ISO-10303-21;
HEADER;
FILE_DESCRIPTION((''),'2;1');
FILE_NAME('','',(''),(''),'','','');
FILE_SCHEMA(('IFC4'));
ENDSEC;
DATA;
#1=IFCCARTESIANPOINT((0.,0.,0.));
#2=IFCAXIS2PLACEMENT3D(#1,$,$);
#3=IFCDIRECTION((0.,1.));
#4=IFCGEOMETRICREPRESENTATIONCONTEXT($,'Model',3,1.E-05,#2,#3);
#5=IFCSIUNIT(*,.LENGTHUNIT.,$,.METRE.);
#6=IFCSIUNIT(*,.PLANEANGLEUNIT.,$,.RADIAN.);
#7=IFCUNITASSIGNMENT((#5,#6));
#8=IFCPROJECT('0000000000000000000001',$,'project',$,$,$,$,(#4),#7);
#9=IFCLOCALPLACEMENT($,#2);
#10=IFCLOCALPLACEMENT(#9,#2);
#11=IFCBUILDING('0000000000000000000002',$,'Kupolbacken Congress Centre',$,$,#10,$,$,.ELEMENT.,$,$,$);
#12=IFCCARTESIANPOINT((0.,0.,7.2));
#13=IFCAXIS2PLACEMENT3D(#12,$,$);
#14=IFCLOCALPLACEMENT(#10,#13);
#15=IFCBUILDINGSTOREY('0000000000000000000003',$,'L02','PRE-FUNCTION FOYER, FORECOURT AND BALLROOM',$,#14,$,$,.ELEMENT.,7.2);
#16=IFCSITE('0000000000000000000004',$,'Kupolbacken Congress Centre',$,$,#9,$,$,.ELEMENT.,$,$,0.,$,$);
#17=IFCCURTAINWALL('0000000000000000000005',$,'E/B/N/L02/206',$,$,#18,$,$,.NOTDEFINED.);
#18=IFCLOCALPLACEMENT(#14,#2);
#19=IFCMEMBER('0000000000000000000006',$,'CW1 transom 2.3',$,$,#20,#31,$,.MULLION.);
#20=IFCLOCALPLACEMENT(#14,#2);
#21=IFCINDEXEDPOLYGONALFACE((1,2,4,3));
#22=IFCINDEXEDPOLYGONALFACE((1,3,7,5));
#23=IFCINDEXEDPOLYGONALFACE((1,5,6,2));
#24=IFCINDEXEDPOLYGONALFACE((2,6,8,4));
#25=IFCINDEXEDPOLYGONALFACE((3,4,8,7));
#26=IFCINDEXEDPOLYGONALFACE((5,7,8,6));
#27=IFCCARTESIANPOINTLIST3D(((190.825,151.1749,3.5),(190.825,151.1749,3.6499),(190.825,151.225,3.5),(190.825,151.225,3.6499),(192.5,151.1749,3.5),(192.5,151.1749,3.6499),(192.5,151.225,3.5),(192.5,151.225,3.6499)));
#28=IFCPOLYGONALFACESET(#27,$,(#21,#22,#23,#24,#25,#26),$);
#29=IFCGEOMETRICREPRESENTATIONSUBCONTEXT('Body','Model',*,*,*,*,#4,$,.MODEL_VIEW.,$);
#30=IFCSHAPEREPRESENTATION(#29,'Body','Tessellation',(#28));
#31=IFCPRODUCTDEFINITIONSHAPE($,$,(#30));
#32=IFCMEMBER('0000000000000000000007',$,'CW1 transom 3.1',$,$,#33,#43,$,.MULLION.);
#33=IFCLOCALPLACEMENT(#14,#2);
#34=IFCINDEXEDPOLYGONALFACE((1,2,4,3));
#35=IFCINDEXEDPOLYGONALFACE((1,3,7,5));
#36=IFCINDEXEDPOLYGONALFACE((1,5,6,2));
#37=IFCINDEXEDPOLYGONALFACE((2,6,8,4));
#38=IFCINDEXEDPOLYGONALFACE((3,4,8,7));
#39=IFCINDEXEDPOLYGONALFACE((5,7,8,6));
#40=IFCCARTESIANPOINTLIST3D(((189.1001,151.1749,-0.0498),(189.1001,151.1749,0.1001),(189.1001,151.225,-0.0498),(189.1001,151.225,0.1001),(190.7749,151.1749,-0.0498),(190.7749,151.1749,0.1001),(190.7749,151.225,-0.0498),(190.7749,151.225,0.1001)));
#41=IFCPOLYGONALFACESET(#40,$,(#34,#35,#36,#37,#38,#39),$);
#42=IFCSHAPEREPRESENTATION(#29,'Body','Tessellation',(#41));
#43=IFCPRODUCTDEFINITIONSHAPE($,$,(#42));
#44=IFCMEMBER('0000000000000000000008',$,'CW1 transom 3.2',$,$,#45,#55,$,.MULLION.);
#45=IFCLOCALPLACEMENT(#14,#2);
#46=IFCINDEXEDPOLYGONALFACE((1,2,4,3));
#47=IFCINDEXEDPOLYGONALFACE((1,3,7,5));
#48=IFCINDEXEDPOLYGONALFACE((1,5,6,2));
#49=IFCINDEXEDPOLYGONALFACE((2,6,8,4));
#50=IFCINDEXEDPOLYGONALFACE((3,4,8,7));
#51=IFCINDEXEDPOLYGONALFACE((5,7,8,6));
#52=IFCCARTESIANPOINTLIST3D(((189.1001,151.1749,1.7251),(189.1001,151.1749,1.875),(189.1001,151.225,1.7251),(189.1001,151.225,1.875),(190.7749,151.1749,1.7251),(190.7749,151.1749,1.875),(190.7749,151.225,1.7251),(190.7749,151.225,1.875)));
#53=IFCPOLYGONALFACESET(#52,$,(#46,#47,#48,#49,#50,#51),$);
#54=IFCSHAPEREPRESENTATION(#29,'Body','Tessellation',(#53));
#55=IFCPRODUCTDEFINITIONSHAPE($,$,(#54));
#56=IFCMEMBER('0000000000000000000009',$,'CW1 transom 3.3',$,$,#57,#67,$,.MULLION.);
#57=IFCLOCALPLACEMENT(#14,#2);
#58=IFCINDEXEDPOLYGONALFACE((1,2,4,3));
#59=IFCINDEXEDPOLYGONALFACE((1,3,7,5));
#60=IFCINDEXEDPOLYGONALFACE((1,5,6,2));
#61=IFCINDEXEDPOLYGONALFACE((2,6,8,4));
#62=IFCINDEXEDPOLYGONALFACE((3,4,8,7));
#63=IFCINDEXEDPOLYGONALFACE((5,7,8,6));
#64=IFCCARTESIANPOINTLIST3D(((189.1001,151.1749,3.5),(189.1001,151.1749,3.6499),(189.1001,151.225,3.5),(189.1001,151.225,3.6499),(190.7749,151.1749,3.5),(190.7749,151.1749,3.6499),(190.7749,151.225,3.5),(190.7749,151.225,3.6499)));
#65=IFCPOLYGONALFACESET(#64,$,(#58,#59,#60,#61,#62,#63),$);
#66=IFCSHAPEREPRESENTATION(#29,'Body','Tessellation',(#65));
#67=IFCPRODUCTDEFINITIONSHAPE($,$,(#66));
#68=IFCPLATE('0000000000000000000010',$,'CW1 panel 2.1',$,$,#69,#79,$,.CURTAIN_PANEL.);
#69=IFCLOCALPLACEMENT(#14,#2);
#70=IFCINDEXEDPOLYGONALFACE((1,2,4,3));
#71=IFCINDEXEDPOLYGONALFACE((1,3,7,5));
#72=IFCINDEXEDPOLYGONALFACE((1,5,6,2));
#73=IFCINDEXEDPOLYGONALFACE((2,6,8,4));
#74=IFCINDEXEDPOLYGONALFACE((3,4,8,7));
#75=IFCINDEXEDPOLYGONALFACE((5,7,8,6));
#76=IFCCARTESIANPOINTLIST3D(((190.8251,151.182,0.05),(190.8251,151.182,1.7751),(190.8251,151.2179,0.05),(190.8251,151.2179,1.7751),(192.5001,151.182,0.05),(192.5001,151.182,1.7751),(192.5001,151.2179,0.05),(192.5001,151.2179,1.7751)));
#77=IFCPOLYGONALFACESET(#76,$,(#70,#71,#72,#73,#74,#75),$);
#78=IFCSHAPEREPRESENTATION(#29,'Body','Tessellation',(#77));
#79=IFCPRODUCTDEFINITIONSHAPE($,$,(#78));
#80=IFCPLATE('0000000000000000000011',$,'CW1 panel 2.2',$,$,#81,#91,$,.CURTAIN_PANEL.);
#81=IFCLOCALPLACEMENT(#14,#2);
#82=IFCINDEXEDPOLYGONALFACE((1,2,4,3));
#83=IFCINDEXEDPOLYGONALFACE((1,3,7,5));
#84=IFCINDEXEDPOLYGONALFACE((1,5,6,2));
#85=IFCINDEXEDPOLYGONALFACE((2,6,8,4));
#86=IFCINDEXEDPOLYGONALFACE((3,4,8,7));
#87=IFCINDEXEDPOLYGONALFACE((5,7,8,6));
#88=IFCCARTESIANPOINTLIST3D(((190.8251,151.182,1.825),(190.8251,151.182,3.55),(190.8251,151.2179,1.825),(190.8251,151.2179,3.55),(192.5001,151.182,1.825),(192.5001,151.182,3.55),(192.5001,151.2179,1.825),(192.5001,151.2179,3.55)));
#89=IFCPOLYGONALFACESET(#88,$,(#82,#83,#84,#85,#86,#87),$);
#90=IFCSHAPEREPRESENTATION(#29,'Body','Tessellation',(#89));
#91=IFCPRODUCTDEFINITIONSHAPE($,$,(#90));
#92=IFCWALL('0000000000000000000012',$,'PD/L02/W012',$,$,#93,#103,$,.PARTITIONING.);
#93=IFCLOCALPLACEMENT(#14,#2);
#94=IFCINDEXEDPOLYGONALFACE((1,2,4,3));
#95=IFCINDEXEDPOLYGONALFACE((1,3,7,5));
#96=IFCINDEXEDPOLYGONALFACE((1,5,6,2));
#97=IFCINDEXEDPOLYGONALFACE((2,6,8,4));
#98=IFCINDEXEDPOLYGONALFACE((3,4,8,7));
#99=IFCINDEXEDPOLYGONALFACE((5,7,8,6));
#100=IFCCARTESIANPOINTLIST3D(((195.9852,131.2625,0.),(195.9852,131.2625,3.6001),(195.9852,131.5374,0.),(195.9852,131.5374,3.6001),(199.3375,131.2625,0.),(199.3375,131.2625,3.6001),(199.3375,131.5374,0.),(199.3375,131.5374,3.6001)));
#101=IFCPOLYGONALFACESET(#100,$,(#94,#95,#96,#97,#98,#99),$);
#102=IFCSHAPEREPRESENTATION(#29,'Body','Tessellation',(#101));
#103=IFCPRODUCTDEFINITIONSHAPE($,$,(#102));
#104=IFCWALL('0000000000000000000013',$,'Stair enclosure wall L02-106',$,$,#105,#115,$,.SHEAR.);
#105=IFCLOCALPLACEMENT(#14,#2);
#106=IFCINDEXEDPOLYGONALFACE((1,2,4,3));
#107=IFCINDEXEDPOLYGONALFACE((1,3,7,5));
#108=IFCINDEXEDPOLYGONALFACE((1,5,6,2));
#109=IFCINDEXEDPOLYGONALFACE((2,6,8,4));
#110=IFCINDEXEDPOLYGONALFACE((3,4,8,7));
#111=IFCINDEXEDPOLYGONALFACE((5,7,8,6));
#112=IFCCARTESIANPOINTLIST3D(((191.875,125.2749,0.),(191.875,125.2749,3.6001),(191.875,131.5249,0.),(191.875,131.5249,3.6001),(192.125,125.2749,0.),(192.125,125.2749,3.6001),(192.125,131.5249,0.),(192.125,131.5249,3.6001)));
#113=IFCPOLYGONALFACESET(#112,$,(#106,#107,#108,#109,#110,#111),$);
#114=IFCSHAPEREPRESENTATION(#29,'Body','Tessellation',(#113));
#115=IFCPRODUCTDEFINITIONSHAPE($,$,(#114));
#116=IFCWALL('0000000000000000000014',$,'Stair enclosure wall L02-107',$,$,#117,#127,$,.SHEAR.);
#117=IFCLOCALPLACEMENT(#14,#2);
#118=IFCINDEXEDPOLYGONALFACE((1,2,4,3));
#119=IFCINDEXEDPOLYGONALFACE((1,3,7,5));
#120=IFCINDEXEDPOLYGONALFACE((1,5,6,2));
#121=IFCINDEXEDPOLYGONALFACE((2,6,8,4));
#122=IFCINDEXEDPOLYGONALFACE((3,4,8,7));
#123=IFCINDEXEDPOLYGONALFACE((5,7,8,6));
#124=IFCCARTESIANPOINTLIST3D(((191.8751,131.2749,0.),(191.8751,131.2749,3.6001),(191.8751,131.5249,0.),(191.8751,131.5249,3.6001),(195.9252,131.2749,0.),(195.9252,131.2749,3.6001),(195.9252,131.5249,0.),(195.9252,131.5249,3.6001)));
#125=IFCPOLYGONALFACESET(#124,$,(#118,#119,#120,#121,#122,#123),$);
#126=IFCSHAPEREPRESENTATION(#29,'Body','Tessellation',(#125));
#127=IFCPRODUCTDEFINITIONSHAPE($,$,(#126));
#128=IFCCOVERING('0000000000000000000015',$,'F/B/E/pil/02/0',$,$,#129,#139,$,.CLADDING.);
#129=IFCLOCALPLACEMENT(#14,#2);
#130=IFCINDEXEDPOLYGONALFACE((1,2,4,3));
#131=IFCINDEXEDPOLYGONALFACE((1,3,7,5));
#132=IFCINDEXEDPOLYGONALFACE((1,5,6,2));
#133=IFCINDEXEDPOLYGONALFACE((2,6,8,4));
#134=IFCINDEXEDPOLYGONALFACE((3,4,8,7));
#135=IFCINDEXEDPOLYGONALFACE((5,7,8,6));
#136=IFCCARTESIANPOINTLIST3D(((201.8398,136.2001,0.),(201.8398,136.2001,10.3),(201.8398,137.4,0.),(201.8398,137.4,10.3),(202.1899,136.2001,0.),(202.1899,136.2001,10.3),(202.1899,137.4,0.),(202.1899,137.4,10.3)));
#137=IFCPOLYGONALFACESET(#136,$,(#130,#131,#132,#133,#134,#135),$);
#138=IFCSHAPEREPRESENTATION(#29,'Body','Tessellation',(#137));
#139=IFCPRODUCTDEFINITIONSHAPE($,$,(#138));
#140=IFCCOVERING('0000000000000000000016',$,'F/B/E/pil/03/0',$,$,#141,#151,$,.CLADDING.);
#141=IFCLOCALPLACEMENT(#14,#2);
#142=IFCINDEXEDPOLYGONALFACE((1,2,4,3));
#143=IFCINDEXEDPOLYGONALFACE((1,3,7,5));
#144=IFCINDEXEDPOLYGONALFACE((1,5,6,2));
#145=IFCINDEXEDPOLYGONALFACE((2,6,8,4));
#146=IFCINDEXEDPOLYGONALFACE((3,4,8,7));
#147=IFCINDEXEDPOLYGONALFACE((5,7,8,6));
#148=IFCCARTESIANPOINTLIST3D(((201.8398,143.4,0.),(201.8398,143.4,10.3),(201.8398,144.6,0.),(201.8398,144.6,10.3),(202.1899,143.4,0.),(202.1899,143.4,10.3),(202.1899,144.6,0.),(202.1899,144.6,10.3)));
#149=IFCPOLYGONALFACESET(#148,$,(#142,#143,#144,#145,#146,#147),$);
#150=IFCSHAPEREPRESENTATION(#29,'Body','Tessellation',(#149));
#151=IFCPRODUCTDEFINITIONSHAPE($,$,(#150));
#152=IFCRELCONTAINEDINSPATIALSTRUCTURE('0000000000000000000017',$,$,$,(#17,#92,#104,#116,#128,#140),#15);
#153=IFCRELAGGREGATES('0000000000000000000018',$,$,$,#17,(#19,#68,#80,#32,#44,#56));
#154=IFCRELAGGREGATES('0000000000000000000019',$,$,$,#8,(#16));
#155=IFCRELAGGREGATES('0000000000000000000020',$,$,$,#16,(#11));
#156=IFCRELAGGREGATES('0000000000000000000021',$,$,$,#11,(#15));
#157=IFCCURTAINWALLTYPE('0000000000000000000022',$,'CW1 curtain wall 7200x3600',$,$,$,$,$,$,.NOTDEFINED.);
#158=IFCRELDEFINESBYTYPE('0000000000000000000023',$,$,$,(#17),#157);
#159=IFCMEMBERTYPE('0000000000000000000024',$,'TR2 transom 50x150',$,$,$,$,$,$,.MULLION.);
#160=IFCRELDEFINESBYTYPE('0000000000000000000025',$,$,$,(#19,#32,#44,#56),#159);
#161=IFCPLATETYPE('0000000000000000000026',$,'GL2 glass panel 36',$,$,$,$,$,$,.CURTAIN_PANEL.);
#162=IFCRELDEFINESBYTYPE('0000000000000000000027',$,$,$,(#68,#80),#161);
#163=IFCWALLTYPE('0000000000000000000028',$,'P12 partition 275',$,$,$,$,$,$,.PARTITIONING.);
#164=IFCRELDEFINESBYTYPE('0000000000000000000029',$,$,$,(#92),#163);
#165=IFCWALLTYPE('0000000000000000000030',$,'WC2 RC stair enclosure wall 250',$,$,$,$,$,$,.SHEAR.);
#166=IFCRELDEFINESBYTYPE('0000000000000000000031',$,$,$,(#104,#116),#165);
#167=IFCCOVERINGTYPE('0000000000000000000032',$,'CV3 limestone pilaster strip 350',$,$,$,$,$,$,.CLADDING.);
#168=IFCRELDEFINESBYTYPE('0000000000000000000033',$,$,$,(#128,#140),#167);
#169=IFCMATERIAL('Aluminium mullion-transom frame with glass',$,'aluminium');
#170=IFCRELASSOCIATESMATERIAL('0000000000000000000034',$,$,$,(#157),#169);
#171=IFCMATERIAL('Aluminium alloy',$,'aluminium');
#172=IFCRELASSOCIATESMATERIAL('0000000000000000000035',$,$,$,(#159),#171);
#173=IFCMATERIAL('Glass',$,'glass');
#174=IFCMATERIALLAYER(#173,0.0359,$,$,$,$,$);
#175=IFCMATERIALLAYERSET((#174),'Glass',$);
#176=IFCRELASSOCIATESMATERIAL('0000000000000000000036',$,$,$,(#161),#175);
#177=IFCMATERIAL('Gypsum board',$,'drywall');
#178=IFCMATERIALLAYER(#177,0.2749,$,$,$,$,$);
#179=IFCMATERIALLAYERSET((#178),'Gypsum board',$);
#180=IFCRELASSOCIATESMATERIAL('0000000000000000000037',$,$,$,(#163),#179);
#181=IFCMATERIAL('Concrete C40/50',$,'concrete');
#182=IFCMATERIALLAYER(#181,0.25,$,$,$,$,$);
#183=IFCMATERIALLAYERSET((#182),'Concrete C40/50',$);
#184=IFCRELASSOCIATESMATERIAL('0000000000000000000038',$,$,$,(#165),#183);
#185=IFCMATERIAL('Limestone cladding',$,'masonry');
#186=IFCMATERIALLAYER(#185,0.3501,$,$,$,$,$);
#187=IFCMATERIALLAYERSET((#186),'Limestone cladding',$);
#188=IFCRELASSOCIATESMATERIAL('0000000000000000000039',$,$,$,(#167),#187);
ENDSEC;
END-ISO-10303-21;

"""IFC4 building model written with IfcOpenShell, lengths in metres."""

from ifc_helpers import new_model, si_unit, direction, frame, frame_2d, origin, origin_2d, place, context, subcontext, project, spatial, rectangle, extrude, material, layer, layer_set, material_profile, profile_set, type_object, element, aggregate, save


model = new_model("IFC4")

# Units and contexts
model_context = context("Model", 3, precision=1e-05, world=origin(), true_north=direction((0.0, 1.0)))
body_context = subcontext(model_context, "Body", "Model", "MODEL_VIEW")
ifc_project = project(units=[si_unit("LENGTHUNIT", "METRE"), si_unit("PLANEANGLEUNIT", "RADIAN")], contexts=[model_context])

# Site, building, storey
site_placement = place(None, origin())
site = spatial("IfcSite", under=ifc_project, at=site_placement, Name="Kupolbacken Congress Centre", CompositionType="ELEMENT", RefElevation=0.0)
building_placement = place(site_placement, origin())
building = spatial("IfcBuilding", under=site, at=building_placement, Name="Kupolbacken Congress Centre", CompositionType="ELEMENT")
storey_placement = place(building_placement, frame((0.0, 0.0, 7.2)))
storey = spatial("IfcBuildingStorey", under=building, at=storey_placement, Name="L02", Description="PRE-FUNCTION FOYER, FORECOURT AND BALLROOM", CompositionType="ELEMENT", Elevation=7.2)

# Curtain wall, members, plates
ifc_material_1 = material(Name="Aluminium mullion-transom frame with glass", Category="aluminium")
curtain_wall_type = type_object("IfcCurtainWallType", Name="CW1 curtain wall 7200x3600", PredefinedType="NOTDEFINED", material=ifc_material_1)
curtain_wall_placement = place(storey_placement, origin())
curtain_wall = element("IfcCurtainWall", 1, at=curtain_wall_placement, inside=storey, type_object=curtain_wall_type, Name="E/B/N/L02/206", PredefinedType="NOTDEFINED")
ifc_material_2 = material(Name="Aluminium alloy", Category="aluminium")
ifc_material_profile_1 = material_profile(ifc_material_2, rectangle(XDim=0.05, YDim=0.1499, at=origin_2d()), Name="50 x 150")
ifc_profile_set_1 = profile_set([ifc_material_profile_1], Name="Aluminium alloy")
member_type_1 = type_object("IfcMemberType", Name="TR2 transom 50x150", PredefinedType="MULLION", material=ifc_profile_set_1)
member_1_placement = place(storey_placement, frame((192.5, 151.2, 3.575), z_axis=(-1.0, 0.0, 0.0), x_axis=(0.0, -1.0, 0.0)))
member_1 = element("IfcMember", 2, at=member_1_placement, type_object=member_type_1, Name="CW1 transom 2.3", PredefinedType="MULLION", context=body_context, shape_type="SweptSolid", body=[
    extrude(rectangle(XDim=0.05, YDim=0.1499, at=origin_2d()), origin(), (0.0, 0.0, 1.0), 1.675),
])
member_2_placement = place(storey_placement, frame((190.7749, 151.2, 0.0251), z_axis=(-1.0, 0.0, 0.0), x_axis=(0.0, -1.0, 0.0)))
member_2 = element("IfcMember", 3, at=member_2_placement, type_object=member_type_1, Name="CW1 transom 3.1", PredefinedType="MULLION", context=body_context, shape_type="SweptSolid", body=[
    extrude(rectangle(XDim=0.05, YDim=0.1499, at=origin_2d()), origin(), (0.0, 0.0, 1.0), 1.6748),
])
member_3_placement = place(storey_placement, frame((190.7749, 151.2, 1.8), z_axis=(-1.0, 0.0, 0.0), x_axis=(0.0, -1.0, 0.0)))
member_3 = element("IfcMember", 4, at=member_3_placement, type_object=member_type_1, Name="CW1 transom 3.2", PredefinedType="MULLION", context=body_context, shape_type="SweptSolid", body=[
    extrude(rectangle(XDim=0.05, YDim=0.1499, at=origin_2d()), origin(), (0.0, 0.0, 1.0), 1.6748),
])
member_4_placement = place(storey_placement, frame((190.7749, 151.2, 3.575), z_axis=(-1.0, 0.0, 0.0), x_axis=(0.0, -1.0, 0.0)))
member_4 = element("IfcMember", 5, at=member_4_placement, type_object=member_type_1, Name="CW1 transom 3.3", PredefinedType="MULLION", context=body_context, shape_type="SweptSolid", body=[
    extrude(rectangle(XDim=0.05, YDim=0.1499, at=origin_2d()), origin(), (0.0, 0.0, 1.0), 1.6748),
])
ifc_material_3 = material(Name="Glass", Category="glass")
ifc_layer_1 = layer(ifc_material_3, 0.0359)
ifc_layer_set_1 = layer_set([ifc_layer_1], Name="Glass")
plate_type = type_object("IfcPlateType", Name="GL2 glass panel 36", PredefinedType="CURTAIN_PANEL", material=ifc_layer_set_1)
plate_1_placement = place(storey_placement, frame((191.6626, 151.2, 0.05), z_axis=(0.0, 0.0, 1.0), x_axis=(-1.0, 0.0, 0.0)))
plate_1 = element("IfcPlate", 6, at=plate_1_placement, type_object=plate_type, Name="CW1 panel 2.1", PredefinedType="CURTAIN_PANEL", context=body_context, shape_type="SweptSolid", body=[
    extrude(rectangle(XDim=1.675, YDim=0.0359, at=origin_2d()), origin(), (0.0, 0.0, 1.0), 1.7251),
])
plate_2_placement = place(storey_placement, frame((191.6626, 151.2, 1.825), z_axis=(0.0, 0.0, 1.0), x_axis=(-1.0, 0.0, 0.0)))
plate_2 = element("IfcPlate", 7, at=plate_2_placement, type_object=plate_type, Name="CW1 panel 2.2", PredefinedType="CURTAIN_PANEL", context=body_context, shape_type="SweptSolid", body=[
    extrude(rectangle(XDim=1.675, YDim=0.0359, at=origin_2d()), origin(), (0.0, 0.0, 1.0), 1.7251),
])
aggregate(curtain_wall, [member_1, plate_1, plate_2, member_2, member_3, member_4])

# Walls
ifc_material_4 = material(Name="Gypsum board", Category="drywall")
ifc_layer_2 = layer(ifc_material_4, 0.2749)
ifc_layer_set_2 = layer_set([ifc_layer_2], Name="Gypsum board")
wall_type_1 = type_object("IfcWallType", Name="P12 partition 275", PredefinedType="PARTITIONING", material=ifc_layer_set_2)
wall_1_placement = place(storey_placement, frame((195.9851, 131.3999, 0.0), z_axis=(0.0, 0.0, 1.0), x_axis=(1.0, 0.0, 0.0)))
element("IfcWall", 8, at=wall_1_placement, inside=storey, type_object=wall_type_1, Name="PD/L02/W012", PredefinedType="PARTITIONING", context=body_context, shape_type="SweptSolid", body=[
    extrude(rectangle(XDim=3.3523, YDim=0.2749, at=frame_2d((1.6763, 0.0))), origin(), (0.0, 0.0, 1.0), 3.6001),
])
ifc_material_5 = material(Name="Concrete C40/50", Category="concrete")
ifc_layer_3 = layer(ifc_material_5, 0.25)
ifc_layer_set_3 = layer_set([ifc_layer_3], Name="Concrete C40/50")
wall_type_2 = type_object("IfcWallType", Name="WC2 RC stair enclosure wall 250", PredefinedType="SHEAR", material=ifc_layer_set_3)
wall_2_placement = place(storey_placement, frame((192.0, 131.5249, 0.0), z_axis=(0.0, 0.0, 1.0), x_axis=(0.0, -1.0, 0.0)))
element("IfcWall", 9, at=wall_2_placement, inside=storey, type_object=wall_type_2, Name="Stair enclosure wall L02-106", PredefinedType="SHEAR", context=body_context, shape_type="SweptSolid", body=[
    extrude(rectangle(XDim=6.25, YDim=0.25, at=frame_2d((3.125, 0.0))), origin(), (0.0, 0.0, 1.0), 3.6001),
])
wall_3_placement = place(storey_placement, frame((195.925, 131.3999, 0.0), z_axis=(0.0, 0.0, 1.0), x_axis=(-1.0, 0.0, 0.0)))
element("IfcWall", 10, at=wall_3_placement, inside=storey, type_object=wall_type_2, Name="Stair enclosure wall L02-107", PredefinedType="SHEAR", context=body_context, shape_type="SweptSolid", body=[
    extrude(rectangle(XDim=4.05, YDim=0.25, at=frame_2d((2.0249, 0.0))), origin(), (0.0, 0.0, 1.0), 3.6001),
])

# Coverings
ifc_material_6 = material(Name="Limestone cladding", Category="masonry")
ifc_layer_4 = layer(ifc_material_6, 0.3501)
ifc_layer_set_4 = layer_set([ifc_layer_4], Name="Limestone cladding")
covering_type_1 = type_object("IfcCoveringType", Name="CV3 limestone pilaster strip 350", PredefinedType="CLADDING", material=ifc_layer_set_4)
for number, where, z_axis, x_axis, name in (
    (11, (202.0149, 136.8, 0.0), (0.0, 0.0, 1.0), (0.0, 1.0, 0.0), "F/B/E/pil/02/0"),
    (12, (202.0149, 144.0, 0.0), (0.0, 0.0, 1.0), (0.0, 1.0, 0.0), "F/B/E/pil/03/0"),
):
    element("IfcCovering", number, at=place(storey_placement, frame(where, z_axis=z_axis, x_axis=x_axis)), inside=storey, type_object=covering_type_1, Name=name, PredefinedType="CLADDING", context=body_context, shape_type="SweptSolid", body=[
        extrude(rectangle(XDim=1.2, YDim=0.3501, at=origin_2d()), origin(), (0.0, 0.0, 1.0), 10.3),
    ])

save(model, "model.ifc")
